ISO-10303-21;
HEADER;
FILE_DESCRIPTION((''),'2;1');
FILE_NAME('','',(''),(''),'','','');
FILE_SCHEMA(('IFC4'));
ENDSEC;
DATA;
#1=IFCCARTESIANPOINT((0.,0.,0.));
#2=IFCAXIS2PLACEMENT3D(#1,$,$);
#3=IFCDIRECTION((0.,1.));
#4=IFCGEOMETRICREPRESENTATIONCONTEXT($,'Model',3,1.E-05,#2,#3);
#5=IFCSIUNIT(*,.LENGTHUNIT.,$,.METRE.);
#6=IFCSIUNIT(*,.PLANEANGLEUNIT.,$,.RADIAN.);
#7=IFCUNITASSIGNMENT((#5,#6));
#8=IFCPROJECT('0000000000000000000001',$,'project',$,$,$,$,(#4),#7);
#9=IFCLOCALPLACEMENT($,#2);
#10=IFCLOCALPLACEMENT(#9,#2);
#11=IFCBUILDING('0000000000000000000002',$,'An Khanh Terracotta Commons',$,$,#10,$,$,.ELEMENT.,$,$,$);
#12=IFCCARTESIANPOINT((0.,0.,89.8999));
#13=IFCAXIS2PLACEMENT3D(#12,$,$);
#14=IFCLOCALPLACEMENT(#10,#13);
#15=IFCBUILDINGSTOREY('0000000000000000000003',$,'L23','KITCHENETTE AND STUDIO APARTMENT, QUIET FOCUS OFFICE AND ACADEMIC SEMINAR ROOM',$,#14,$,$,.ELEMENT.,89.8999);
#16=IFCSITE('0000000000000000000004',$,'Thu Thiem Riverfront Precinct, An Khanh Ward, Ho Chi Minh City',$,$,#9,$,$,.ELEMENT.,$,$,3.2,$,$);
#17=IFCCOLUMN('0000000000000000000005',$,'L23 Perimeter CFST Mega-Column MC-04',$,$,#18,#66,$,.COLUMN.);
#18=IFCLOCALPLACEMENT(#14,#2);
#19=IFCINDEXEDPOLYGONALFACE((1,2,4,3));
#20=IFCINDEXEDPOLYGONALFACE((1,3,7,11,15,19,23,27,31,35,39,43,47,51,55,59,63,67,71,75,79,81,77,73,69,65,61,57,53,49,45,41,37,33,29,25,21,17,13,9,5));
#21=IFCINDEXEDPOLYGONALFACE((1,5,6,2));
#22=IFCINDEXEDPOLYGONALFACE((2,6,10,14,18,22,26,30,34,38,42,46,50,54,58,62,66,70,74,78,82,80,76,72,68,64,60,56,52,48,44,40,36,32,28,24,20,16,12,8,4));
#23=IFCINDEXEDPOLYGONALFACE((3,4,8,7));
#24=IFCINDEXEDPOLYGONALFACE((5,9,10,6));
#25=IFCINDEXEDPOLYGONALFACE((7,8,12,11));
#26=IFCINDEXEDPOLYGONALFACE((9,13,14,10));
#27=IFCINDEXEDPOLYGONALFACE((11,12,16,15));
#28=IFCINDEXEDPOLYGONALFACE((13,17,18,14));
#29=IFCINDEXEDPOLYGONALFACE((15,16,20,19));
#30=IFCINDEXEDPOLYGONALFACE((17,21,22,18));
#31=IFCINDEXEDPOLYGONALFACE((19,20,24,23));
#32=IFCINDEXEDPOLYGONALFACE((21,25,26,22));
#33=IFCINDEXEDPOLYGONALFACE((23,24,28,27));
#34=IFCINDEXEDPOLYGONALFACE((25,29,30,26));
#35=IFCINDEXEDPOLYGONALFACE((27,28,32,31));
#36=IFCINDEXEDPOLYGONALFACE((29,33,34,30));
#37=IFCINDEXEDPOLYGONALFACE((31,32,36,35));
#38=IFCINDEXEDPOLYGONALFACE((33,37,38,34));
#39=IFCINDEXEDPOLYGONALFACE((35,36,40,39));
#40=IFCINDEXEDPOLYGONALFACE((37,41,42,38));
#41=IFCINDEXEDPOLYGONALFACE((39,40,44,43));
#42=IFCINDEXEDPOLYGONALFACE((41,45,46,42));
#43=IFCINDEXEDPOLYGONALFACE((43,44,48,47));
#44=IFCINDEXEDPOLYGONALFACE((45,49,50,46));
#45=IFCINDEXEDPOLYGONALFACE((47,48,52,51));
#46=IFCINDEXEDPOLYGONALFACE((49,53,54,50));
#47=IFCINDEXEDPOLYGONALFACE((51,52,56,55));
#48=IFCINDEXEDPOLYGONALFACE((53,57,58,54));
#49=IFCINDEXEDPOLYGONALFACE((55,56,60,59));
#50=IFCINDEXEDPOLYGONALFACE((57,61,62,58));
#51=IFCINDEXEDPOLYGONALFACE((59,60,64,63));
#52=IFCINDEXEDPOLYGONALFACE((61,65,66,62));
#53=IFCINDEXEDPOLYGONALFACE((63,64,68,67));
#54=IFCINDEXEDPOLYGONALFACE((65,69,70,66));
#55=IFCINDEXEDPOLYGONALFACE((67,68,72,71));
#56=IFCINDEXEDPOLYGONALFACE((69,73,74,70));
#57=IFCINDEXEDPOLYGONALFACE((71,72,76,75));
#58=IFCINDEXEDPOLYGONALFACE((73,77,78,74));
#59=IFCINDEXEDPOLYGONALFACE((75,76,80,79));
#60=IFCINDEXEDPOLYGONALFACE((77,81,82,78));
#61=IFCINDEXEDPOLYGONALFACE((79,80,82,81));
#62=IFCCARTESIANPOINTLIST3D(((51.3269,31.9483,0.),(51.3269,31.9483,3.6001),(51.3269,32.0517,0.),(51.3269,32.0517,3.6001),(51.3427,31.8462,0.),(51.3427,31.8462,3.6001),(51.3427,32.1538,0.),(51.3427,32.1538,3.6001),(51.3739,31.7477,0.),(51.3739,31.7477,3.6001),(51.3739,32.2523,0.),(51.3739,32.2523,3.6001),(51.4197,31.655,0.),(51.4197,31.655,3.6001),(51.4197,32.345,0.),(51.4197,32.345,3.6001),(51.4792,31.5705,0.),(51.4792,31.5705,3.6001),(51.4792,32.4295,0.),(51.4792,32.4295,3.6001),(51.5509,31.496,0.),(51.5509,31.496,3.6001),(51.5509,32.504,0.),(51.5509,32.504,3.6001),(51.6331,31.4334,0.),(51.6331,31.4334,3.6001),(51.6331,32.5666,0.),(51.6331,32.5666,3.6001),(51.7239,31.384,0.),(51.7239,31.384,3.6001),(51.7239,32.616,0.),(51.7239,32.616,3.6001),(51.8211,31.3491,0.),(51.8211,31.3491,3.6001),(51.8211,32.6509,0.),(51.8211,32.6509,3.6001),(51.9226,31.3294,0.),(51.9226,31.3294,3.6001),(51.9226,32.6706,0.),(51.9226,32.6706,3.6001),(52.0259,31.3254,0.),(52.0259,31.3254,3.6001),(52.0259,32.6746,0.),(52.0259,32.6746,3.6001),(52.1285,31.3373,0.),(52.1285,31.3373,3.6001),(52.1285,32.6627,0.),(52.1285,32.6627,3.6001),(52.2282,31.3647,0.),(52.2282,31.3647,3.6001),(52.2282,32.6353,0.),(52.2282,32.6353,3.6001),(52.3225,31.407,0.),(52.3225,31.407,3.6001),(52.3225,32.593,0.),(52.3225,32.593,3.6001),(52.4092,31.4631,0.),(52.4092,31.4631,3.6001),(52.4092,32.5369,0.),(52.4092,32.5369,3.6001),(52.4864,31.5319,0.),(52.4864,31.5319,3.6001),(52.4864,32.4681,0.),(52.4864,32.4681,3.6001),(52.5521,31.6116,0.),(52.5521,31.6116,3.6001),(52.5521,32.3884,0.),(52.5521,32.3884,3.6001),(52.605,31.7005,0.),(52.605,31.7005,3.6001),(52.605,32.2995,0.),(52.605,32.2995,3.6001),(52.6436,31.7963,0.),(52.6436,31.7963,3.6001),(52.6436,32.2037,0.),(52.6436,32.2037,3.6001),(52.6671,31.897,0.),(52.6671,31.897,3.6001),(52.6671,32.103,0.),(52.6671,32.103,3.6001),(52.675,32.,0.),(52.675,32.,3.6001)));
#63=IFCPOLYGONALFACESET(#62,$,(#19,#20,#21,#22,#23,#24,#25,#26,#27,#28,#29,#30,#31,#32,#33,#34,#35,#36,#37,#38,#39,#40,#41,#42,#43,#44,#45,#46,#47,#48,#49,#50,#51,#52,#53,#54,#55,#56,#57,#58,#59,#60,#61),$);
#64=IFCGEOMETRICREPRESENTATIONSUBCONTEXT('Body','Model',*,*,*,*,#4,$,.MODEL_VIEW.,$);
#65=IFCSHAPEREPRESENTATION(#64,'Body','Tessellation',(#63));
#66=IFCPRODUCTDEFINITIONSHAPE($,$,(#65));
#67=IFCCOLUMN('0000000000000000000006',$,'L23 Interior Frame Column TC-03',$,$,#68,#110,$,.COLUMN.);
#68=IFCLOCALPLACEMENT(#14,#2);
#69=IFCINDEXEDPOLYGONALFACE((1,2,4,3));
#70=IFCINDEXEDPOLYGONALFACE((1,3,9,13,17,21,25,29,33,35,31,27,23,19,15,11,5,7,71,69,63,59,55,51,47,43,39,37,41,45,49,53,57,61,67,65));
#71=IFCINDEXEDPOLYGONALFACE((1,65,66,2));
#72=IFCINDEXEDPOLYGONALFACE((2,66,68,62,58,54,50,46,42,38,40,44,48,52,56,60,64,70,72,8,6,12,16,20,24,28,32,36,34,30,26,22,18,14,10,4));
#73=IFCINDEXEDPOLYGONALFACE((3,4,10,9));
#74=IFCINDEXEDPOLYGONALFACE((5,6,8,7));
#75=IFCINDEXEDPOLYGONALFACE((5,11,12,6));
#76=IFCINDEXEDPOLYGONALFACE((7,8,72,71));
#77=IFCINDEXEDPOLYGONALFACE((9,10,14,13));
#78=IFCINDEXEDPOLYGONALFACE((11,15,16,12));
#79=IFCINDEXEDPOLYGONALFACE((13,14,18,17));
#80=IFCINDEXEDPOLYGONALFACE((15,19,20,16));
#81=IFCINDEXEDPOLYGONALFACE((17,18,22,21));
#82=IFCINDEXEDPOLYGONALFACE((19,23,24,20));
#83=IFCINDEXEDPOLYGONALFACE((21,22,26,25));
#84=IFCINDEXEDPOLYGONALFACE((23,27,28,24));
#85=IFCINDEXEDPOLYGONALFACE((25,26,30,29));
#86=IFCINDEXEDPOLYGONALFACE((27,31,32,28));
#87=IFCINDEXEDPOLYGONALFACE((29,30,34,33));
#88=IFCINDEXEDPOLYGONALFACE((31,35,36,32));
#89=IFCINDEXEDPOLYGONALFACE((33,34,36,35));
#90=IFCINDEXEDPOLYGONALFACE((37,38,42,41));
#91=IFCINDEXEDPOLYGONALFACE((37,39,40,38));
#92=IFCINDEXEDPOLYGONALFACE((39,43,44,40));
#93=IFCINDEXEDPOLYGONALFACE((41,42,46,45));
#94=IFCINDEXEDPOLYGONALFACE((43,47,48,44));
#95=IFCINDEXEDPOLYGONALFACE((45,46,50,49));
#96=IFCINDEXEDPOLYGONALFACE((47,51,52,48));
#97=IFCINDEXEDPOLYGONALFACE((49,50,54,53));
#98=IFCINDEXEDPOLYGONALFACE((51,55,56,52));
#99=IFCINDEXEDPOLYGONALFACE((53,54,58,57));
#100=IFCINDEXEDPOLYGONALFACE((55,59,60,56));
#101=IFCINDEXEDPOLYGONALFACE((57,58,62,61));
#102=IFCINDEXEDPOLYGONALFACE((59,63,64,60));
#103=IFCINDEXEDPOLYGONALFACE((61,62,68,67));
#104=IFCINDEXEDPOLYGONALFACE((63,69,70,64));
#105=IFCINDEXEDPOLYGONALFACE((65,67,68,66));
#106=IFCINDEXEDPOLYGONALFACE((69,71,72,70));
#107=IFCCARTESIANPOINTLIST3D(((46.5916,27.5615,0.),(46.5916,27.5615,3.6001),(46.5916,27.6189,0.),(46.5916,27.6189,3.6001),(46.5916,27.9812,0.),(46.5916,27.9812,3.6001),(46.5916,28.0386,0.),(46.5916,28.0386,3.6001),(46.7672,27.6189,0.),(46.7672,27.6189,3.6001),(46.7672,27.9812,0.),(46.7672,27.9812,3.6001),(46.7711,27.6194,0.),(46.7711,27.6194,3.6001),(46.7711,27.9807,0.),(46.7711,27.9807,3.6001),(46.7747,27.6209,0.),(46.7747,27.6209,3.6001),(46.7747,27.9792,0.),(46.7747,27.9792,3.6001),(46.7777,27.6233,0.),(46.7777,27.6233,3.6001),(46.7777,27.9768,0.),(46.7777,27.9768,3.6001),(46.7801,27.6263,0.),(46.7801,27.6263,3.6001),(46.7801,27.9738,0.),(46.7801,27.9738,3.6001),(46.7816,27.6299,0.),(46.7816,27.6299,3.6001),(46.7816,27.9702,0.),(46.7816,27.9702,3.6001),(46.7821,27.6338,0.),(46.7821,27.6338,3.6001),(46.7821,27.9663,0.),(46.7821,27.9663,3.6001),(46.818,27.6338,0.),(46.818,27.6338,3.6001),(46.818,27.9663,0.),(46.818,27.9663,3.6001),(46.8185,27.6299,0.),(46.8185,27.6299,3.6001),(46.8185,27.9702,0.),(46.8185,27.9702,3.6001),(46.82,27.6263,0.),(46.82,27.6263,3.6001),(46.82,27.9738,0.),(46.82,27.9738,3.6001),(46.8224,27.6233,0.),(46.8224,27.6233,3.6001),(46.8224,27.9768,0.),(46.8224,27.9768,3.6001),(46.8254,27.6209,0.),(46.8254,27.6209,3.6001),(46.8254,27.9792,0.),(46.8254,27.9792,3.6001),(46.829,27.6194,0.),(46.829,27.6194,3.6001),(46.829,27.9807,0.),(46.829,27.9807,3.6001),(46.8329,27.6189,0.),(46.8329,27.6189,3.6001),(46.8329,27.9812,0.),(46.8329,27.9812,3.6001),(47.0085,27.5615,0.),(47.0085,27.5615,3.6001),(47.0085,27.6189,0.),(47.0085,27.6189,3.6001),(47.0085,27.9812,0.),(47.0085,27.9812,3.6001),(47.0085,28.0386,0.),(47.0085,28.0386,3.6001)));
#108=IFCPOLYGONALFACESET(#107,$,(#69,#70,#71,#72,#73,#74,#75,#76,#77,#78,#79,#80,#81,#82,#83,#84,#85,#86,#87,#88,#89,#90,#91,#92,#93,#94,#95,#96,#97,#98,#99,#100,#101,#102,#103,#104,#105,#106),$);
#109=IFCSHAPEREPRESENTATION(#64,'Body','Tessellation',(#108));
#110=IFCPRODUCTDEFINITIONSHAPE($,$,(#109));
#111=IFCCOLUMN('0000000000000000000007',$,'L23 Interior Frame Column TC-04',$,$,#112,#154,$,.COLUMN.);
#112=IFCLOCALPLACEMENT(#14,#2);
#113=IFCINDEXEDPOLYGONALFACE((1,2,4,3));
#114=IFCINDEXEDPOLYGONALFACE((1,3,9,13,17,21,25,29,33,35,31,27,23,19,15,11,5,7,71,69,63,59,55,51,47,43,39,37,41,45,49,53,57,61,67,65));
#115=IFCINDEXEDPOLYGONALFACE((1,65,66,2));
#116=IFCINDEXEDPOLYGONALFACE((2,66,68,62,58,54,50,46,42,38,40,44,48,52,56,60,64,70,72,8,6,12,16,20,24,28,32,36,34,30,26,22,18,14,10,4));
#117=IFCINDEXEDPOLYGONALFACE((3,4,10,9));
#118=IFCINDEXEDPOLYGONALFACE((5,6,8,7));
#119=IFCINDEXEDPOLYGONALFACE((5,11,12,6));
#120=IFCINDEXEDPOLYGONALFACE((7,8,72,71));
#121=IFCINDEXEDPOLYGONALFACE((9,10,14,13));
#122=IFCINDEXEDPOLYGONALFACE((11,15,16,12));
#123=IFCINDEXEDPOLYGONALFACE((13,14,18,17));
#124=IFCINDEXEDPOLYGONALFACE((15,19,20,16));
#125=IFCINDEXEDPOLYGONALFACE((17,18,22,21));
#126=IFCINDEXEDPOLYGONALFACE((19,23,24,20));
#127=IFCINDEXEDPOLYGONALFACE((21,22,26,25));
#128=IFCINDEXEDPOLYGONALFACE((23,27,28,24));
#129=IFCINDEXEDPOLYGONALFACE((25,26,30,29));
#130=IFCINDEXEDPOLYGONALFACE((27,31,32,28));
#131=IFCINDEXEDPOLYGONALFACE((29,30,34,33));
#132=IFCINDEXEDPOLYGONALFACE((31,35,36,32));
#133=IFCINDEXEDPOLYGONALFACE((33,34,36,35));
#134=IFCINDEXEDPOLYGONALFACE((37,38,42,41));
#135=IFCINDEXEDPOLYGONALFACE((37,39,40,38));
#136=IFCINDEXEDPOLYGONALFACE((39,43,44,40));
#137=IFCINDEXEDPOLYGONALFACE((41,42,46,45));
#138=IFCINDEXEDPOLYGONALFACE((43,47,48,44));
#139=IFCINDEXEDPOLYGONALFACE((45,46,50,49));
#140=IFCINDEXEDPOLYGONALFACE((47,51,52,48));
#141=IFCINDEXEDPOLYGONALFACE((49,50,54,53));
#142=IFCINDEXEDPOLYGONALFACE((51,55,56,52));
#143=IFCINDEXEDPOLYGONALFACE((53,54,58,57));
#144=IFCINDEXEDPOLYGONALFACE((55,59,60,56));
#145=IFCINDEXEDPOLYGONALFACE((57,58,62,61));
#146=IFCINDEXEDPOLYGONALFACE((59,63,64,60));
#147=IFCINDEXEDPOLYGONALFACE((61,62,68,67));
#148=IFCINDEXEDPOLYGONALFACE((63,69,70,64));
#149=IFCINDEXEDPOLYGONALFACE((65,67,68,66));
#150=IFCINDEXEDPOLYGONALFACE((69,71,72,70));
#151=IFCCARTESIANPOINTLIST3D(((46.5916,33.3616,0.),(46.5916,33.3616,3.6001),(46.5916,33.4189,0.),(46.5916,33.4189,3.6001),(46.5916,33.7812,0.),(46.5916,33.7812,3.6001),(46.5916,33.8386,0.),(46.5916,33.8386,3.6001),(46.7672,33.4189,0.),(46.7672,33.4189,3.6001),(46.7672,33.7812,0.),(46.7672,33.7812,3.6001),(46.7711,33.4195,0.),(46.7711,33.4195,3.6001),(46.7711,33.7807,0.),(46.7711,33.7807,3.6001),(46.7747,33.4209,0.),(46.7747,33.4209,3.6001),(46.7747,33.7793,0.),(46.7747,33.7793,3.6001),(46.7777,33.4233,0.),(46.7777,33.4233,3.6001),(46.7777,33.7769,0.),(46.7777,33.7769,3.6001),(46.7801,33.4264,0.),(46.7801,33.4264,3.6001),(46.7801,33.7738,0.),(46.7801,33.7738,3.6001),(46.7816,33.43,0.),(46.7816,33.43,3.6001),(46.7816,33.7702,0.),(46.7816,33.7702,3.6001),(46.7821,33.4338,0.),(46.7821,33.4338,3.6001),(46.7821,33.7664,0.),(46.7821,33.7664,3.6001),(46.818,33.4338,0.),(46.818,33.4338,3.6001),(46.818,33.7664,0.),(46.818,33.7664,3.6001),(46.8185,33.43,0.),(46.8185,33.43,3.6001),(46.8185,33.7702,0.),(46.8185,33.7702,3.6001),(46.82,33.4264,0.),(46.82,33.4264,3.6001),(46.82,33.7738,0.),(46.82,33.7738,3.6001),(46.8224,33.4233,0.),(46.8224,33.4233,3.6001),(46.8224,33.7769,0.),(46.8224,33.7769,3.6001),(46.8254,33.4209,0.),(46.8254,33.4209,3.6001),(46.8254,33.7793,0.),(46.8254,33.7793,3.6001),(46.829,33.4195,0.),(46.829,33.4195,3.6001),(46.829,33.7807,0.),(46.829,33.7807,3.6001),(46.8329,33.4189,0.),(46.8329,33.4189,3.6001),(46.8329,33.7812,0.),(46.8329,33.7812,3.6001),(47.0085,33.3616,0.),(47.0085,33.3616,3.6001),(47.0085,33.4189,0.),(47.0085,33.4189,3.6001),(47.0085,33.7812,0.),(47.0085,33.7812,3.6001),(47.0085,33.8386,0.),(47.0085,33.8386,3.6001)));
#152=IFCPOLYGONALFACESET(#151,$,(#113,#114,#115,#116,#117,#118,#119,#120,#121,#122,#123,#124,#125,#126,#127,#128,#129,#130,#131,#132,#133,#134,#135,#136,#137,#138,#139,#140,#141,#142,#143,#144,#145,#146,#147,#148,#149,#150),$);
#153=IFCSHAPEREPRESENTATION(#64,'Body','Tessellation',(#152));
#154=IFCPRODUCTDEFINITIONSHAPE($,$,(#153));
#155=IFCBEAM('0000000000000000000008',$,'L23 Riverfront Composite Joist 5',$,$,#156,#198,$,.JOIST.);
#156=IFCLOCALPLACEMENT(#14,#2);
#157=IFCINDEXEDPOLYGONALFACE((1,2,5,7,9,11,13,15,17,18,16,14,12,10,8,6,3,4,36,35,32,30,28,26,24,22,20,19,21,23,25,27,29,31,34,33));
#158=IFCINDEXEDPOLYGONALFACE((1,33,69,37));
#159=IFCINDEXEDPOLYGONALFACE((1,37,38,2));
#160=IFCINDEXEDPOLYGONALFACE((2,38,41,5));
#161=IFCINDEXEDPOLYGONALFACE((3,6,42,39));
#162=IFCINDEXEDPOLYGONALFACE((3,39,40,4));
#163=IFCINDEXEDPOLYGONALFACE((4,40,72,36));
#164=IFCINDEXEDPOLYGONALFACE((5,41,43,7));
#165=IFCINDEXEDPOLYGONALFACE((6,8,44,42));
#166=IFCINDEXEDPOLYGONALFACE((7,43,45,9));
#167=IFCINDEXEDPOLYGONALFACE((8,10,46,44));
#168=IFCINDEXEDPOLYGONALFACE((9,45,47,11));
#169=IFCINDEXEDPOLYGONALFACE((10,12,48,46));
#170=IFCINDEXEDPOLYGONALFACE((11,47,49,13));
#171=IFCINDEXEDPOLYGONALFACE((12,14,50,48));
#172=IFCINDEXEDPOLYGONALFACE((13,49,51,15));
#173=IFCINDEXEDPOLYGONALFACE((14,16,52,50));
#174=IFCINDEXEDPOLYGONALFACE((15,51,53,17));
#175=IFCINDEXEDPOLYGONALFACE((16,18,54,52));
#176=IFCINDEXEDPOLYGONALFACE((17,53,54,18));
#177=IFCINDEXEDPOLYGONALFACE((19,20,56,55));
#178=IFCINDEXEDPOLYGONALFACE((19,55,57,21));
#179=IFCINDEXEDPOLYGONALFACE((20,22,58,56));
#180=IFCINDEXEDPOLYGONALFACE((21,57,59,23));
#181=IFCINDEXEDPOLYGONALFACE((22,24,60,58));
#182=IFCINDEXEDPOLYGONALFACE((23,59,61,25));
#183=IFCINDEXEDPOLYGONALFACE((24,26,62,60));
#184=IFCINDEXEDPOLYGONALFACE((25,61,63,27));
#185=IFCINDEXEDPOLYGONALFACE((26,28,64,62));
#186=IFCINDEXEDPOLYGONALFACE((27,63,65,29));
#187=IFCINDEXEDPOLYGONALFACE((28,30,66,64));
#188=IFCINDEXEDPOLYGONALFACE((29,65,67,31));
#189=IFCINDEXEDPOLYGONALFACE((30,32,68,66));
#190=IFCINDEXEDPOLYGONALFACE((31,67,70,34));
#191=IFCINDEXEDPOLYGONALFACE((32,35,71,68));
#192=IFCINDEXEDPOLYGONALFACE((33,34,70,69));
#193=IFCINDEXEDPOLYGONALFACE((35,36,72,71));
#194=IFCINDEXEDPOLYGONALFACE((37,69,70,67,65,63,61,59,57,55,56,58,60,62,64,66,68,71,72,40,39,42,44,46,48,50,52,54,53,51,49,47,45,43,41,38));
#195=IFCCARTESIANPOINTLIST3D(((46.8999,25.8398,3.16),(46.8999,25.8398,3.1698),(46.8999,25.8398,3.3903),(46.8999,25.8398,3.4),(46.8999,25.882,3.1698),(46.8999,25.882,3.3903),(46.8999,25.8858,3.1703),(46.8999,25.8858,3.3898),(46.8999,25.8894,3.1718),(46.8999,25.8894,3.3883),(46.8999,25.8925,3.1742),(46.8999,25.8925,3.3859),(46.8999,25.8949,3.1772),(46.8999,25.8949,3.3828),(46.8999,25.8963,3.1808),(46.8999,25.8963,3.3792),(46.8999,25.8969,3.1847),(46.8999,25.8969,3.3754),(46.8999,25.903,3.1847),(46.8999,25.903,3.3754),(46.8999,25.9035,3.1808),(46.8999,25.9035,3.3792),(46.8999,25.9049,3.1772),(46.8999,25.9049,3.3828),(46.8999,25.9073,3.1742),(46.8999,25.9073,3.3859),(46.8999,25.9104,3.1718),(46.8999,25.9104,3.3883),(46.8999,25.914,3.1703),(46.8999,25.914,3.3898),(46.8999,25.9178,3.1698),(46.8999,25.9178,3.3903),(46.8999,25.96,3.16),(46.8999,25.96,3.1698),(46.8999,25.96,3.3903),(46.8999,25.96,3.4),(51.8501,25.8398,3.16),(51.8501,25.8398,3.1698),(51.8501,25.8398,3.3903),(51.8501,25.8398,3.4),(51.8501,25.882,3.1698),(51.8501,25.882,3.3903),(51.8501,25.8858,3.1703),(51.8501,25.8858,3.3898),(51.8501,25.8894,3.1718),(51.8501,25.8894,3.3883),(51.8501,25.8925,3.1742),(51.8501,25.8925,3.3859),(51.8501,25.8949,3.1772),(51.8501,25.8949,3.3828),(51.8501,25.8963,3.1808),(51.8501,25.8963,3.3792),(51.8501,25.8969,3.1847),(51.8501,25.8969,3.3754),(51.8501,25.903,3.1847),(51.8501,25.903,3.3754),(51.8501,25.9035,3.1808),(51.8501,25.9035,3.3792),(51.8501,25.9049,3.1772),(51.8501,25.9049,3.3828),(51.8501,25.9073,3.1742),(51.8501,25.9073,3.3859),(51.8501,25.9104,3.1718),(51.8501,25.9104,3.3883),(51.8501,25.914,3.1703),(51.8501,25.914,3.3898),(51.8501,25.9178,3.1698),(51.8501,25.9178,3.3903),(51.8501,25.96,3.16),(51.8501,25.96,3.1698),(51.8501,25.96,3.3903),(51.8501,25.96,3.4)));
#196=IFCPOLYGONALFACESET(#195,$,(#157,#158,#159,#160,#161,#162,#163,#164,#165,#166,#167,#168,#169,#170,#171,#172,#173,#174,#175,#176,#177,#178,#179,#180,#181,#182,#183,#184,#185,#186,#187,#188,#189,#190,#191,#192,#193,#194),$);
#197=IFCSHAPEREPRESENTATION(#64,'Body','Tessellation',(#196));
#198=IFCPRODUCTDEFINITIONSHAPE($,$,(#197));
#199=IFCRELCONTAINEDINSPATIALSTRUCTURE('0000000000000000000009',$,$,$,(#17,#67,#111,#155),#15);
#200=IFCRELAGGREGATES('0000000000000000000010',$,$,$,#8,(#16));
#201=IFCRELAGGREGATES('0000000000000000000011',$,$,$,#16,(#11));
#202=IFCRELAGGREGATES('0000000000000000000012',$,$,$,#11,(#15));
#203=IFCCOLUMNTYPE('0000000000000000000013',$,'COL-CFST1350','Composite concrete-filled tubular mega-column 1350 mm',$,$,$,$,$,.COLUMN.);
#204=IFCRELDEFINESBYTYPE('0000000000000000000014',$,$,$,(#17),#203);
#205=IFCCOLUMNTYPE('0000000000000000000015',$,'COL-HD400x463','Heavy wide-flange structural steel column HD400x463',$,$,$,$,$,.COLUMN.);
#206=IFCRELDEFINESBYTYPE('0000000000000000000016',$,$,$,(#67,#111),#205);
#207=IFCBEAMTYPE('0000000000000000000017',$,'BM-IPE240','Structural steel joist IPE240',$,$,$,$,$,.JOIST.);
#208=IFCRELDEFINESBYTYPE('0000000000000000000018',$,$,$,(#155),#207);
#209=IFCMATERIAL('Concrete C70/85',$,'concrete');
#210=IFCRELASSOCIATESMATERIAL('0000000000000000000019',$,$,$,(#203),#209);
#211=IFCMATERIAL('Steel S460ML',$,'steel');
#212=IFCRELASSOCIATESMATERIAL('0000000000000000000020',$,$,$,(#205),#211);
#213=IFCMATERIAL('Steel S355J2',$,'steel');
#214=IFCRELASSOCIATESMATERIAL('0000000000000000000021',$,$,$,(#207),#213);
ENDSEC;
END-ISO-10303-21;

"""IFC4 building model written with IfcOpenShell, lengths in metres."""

from ifc_helpers import new_model, si_unit, direction, frame, origin, origin_2d, place, context, subcontext, project, spatial, circle, i_section, extrude, material, material_profile, profile_set, type_object, element, save


model = new_model("IFC4")

# Units and contexts
model_context = context("Model", 3, precision=1e-05, world=origin(), true_north=direction((0.0, 1.0)))
body_context = subcontext(model_context, "Body", "Model", "MODEL_VIEW")
ifc_project = project(units=[si_unit("LENGTHUNIT", "METRE"), si_unit("PLANEANGLEUNIT", "RADIAN")], contexts=[model_context])

# Site, building, storey
site_placement = place(None, origin())
site = spatial("IfcSite", under=ifc_project, at=site_placement, Name="Thu Thiem Riverfront Precinct, An Khanh Ward, Ho Chi Minh City", CompositionType="ELEMENT", RefElevation=3.2)
building_placement = place(site_placement, origin())
building = spatial("IfcBuilding", under=site, at=building_placement, Name="An Khanh Terracotta Commons", CompositionType="ELEMENT")
storey_placement = place(building_placement, frame((0.0, 0.0, 89.8999)))
storey = spatial("IfcBuildingStorey", under=building, at=storey_placement, Name="L23", Description="KITCHENETTE AND STUDIO APARTMENT, QUIET FOCUS OFFICE AND ACADEMIC SEMINAR ROOM", CompositionType="ELEMENT", Elevation=89.8999)

# Columns
ifc_material_1 = material(Name="Concrete C70/85", Category="concrete")
ifc_material_profile_1 = material_profile(ifc_material_1, circle(Radius=0.675, at=origin_2d()), Name="CFST1350")
ifc_profile_set_1 = profile_set([ifc_material_profile_1], Name="Concrete C70/85")
column_type_1 = type_object("IfcColumnType", Name="COL-CFST1350", Description="Composite concrete-filled tubular mega-column 1350 mm", PredefinedType="COLUMN", material=ifc_profile_set_1)
column_placement = place(storey_placement, frame((52.0, 32.0, 0.0), z_axis=(0.0, 0.0, 1.0), x_axis=(1.0, 0.0, 0.0)))
element("IfcColumn", 1, at=column_placement, inside=storey, type_object=column_type_1, Name="L23 Perimeter CFST Mega-Column MC-04", PredefinedType="COLUMN", context=body_context, shape_type="SweptSolid", body=[
    extrude(circle(Radius=0.675, at=origin_2d()), origin(), (0.0, 0.0, 1.0), 3.6001),
])
ifc_material_2 = material(Name="Steel S460ML", Category="steel")
ifc_material_profile_2 = material_profile(ifc_material_2, i_section(OverallWidth=0.417, OverallDepth=0.4771, WebThickness=0.0359, FlangeThickness=0.0574, FilletRadius=0.0149, at=origin_2d()), Name="HD400x463")
ifc_profile_set_2 = profile_set([ifc_material_profile_2], Name="Steel S460ML")
column_type_2 = type_object("IfcColumnType", Name="COL-HD400x463", Description="Heavy wide-flange structural steel column HD400x463", PredefinedType="COLUMN", material=ifc_profile_set_2)
for number, where, z_axis, x_axis, name in (
    (2, (46.8, 27.8, 0.0), (0.0, 0.0, 1.0), (1.0, 0.0, 0.0), "L23 Interior Frame Column TC-03"),
    (3, (46.8, 33.6001, 0.0), (0.0, 0.0, 1.0), (1.0, 0.0, 0.0), "L23 Interior Frame Column TC-04"),
):
    element("IfcColumn", number, at=place(storey_placement, frame(where, z_axis=z_axis, x_axis=x_axis)), inside=storey, type_object=column_type_2, Name=name, PredefinedType="COLUMN", context=body_context, shape_type="SweptSolid", body=[
        extrude(i_section(OverallWidth=0.417, OverallDepth=0.4771, WebThickness=0.0359, FlangeThickness=0.0574, FilletRadius=0.0149, at=origin_2d()), origin(), (0.0, 0.0, 1.0), 3.6001),
    ])

# Beam
ifc_material_3 = material(Name="Steel S355J2", Category="steel")
ifc_material_profile_3 = material_profile(ifc_material_3, i_section(OverallWidth=0.1201, OverallDepth=0.24, WebThickness=0.0061, FlangeThickness=0.0098, FilletRadius=0.0149, at=origin_2d()), Name="IPE240")
ifc_profile_set_3 = profile_set([ifc_material_profile_3], Name="Steel S355J2")
beam_type_1 = type_object("IfcBeamType", Name="BM-IPE240", Description="Structural steel joist IPE240", PredefinedType="JOIST", material=ifc_profile_set_3)
for number, where, z_axis, x_axis, name in (
    (4, (46.8999, 25.8999, 3.28), (1.0, 0.0, 0.0), (0.0, 1.0, 0.0), "L23 Riverfront Composite Joist 5"),
):
    element("IfcBeam", number, at=place(storey_placement, frame(where, z_axis=z_axis, x_axis=x_axis)), inside=storey, type_object=beam_type_1, Name=name, PredefinedType="JOIST", context=body_context, shape_type="SweptSolid", body=[
        extrude(i_section(OverallWidth=0.1201, OverallDepth=0.24, WebThickness=0.0061, FlangeThickness=0.0098, FilletRadius=0.0149, at=origin_2d()), origin(), (0.0, 0.0, 1.0), 4.9502),
    ])

save(model, "model.ifc")
